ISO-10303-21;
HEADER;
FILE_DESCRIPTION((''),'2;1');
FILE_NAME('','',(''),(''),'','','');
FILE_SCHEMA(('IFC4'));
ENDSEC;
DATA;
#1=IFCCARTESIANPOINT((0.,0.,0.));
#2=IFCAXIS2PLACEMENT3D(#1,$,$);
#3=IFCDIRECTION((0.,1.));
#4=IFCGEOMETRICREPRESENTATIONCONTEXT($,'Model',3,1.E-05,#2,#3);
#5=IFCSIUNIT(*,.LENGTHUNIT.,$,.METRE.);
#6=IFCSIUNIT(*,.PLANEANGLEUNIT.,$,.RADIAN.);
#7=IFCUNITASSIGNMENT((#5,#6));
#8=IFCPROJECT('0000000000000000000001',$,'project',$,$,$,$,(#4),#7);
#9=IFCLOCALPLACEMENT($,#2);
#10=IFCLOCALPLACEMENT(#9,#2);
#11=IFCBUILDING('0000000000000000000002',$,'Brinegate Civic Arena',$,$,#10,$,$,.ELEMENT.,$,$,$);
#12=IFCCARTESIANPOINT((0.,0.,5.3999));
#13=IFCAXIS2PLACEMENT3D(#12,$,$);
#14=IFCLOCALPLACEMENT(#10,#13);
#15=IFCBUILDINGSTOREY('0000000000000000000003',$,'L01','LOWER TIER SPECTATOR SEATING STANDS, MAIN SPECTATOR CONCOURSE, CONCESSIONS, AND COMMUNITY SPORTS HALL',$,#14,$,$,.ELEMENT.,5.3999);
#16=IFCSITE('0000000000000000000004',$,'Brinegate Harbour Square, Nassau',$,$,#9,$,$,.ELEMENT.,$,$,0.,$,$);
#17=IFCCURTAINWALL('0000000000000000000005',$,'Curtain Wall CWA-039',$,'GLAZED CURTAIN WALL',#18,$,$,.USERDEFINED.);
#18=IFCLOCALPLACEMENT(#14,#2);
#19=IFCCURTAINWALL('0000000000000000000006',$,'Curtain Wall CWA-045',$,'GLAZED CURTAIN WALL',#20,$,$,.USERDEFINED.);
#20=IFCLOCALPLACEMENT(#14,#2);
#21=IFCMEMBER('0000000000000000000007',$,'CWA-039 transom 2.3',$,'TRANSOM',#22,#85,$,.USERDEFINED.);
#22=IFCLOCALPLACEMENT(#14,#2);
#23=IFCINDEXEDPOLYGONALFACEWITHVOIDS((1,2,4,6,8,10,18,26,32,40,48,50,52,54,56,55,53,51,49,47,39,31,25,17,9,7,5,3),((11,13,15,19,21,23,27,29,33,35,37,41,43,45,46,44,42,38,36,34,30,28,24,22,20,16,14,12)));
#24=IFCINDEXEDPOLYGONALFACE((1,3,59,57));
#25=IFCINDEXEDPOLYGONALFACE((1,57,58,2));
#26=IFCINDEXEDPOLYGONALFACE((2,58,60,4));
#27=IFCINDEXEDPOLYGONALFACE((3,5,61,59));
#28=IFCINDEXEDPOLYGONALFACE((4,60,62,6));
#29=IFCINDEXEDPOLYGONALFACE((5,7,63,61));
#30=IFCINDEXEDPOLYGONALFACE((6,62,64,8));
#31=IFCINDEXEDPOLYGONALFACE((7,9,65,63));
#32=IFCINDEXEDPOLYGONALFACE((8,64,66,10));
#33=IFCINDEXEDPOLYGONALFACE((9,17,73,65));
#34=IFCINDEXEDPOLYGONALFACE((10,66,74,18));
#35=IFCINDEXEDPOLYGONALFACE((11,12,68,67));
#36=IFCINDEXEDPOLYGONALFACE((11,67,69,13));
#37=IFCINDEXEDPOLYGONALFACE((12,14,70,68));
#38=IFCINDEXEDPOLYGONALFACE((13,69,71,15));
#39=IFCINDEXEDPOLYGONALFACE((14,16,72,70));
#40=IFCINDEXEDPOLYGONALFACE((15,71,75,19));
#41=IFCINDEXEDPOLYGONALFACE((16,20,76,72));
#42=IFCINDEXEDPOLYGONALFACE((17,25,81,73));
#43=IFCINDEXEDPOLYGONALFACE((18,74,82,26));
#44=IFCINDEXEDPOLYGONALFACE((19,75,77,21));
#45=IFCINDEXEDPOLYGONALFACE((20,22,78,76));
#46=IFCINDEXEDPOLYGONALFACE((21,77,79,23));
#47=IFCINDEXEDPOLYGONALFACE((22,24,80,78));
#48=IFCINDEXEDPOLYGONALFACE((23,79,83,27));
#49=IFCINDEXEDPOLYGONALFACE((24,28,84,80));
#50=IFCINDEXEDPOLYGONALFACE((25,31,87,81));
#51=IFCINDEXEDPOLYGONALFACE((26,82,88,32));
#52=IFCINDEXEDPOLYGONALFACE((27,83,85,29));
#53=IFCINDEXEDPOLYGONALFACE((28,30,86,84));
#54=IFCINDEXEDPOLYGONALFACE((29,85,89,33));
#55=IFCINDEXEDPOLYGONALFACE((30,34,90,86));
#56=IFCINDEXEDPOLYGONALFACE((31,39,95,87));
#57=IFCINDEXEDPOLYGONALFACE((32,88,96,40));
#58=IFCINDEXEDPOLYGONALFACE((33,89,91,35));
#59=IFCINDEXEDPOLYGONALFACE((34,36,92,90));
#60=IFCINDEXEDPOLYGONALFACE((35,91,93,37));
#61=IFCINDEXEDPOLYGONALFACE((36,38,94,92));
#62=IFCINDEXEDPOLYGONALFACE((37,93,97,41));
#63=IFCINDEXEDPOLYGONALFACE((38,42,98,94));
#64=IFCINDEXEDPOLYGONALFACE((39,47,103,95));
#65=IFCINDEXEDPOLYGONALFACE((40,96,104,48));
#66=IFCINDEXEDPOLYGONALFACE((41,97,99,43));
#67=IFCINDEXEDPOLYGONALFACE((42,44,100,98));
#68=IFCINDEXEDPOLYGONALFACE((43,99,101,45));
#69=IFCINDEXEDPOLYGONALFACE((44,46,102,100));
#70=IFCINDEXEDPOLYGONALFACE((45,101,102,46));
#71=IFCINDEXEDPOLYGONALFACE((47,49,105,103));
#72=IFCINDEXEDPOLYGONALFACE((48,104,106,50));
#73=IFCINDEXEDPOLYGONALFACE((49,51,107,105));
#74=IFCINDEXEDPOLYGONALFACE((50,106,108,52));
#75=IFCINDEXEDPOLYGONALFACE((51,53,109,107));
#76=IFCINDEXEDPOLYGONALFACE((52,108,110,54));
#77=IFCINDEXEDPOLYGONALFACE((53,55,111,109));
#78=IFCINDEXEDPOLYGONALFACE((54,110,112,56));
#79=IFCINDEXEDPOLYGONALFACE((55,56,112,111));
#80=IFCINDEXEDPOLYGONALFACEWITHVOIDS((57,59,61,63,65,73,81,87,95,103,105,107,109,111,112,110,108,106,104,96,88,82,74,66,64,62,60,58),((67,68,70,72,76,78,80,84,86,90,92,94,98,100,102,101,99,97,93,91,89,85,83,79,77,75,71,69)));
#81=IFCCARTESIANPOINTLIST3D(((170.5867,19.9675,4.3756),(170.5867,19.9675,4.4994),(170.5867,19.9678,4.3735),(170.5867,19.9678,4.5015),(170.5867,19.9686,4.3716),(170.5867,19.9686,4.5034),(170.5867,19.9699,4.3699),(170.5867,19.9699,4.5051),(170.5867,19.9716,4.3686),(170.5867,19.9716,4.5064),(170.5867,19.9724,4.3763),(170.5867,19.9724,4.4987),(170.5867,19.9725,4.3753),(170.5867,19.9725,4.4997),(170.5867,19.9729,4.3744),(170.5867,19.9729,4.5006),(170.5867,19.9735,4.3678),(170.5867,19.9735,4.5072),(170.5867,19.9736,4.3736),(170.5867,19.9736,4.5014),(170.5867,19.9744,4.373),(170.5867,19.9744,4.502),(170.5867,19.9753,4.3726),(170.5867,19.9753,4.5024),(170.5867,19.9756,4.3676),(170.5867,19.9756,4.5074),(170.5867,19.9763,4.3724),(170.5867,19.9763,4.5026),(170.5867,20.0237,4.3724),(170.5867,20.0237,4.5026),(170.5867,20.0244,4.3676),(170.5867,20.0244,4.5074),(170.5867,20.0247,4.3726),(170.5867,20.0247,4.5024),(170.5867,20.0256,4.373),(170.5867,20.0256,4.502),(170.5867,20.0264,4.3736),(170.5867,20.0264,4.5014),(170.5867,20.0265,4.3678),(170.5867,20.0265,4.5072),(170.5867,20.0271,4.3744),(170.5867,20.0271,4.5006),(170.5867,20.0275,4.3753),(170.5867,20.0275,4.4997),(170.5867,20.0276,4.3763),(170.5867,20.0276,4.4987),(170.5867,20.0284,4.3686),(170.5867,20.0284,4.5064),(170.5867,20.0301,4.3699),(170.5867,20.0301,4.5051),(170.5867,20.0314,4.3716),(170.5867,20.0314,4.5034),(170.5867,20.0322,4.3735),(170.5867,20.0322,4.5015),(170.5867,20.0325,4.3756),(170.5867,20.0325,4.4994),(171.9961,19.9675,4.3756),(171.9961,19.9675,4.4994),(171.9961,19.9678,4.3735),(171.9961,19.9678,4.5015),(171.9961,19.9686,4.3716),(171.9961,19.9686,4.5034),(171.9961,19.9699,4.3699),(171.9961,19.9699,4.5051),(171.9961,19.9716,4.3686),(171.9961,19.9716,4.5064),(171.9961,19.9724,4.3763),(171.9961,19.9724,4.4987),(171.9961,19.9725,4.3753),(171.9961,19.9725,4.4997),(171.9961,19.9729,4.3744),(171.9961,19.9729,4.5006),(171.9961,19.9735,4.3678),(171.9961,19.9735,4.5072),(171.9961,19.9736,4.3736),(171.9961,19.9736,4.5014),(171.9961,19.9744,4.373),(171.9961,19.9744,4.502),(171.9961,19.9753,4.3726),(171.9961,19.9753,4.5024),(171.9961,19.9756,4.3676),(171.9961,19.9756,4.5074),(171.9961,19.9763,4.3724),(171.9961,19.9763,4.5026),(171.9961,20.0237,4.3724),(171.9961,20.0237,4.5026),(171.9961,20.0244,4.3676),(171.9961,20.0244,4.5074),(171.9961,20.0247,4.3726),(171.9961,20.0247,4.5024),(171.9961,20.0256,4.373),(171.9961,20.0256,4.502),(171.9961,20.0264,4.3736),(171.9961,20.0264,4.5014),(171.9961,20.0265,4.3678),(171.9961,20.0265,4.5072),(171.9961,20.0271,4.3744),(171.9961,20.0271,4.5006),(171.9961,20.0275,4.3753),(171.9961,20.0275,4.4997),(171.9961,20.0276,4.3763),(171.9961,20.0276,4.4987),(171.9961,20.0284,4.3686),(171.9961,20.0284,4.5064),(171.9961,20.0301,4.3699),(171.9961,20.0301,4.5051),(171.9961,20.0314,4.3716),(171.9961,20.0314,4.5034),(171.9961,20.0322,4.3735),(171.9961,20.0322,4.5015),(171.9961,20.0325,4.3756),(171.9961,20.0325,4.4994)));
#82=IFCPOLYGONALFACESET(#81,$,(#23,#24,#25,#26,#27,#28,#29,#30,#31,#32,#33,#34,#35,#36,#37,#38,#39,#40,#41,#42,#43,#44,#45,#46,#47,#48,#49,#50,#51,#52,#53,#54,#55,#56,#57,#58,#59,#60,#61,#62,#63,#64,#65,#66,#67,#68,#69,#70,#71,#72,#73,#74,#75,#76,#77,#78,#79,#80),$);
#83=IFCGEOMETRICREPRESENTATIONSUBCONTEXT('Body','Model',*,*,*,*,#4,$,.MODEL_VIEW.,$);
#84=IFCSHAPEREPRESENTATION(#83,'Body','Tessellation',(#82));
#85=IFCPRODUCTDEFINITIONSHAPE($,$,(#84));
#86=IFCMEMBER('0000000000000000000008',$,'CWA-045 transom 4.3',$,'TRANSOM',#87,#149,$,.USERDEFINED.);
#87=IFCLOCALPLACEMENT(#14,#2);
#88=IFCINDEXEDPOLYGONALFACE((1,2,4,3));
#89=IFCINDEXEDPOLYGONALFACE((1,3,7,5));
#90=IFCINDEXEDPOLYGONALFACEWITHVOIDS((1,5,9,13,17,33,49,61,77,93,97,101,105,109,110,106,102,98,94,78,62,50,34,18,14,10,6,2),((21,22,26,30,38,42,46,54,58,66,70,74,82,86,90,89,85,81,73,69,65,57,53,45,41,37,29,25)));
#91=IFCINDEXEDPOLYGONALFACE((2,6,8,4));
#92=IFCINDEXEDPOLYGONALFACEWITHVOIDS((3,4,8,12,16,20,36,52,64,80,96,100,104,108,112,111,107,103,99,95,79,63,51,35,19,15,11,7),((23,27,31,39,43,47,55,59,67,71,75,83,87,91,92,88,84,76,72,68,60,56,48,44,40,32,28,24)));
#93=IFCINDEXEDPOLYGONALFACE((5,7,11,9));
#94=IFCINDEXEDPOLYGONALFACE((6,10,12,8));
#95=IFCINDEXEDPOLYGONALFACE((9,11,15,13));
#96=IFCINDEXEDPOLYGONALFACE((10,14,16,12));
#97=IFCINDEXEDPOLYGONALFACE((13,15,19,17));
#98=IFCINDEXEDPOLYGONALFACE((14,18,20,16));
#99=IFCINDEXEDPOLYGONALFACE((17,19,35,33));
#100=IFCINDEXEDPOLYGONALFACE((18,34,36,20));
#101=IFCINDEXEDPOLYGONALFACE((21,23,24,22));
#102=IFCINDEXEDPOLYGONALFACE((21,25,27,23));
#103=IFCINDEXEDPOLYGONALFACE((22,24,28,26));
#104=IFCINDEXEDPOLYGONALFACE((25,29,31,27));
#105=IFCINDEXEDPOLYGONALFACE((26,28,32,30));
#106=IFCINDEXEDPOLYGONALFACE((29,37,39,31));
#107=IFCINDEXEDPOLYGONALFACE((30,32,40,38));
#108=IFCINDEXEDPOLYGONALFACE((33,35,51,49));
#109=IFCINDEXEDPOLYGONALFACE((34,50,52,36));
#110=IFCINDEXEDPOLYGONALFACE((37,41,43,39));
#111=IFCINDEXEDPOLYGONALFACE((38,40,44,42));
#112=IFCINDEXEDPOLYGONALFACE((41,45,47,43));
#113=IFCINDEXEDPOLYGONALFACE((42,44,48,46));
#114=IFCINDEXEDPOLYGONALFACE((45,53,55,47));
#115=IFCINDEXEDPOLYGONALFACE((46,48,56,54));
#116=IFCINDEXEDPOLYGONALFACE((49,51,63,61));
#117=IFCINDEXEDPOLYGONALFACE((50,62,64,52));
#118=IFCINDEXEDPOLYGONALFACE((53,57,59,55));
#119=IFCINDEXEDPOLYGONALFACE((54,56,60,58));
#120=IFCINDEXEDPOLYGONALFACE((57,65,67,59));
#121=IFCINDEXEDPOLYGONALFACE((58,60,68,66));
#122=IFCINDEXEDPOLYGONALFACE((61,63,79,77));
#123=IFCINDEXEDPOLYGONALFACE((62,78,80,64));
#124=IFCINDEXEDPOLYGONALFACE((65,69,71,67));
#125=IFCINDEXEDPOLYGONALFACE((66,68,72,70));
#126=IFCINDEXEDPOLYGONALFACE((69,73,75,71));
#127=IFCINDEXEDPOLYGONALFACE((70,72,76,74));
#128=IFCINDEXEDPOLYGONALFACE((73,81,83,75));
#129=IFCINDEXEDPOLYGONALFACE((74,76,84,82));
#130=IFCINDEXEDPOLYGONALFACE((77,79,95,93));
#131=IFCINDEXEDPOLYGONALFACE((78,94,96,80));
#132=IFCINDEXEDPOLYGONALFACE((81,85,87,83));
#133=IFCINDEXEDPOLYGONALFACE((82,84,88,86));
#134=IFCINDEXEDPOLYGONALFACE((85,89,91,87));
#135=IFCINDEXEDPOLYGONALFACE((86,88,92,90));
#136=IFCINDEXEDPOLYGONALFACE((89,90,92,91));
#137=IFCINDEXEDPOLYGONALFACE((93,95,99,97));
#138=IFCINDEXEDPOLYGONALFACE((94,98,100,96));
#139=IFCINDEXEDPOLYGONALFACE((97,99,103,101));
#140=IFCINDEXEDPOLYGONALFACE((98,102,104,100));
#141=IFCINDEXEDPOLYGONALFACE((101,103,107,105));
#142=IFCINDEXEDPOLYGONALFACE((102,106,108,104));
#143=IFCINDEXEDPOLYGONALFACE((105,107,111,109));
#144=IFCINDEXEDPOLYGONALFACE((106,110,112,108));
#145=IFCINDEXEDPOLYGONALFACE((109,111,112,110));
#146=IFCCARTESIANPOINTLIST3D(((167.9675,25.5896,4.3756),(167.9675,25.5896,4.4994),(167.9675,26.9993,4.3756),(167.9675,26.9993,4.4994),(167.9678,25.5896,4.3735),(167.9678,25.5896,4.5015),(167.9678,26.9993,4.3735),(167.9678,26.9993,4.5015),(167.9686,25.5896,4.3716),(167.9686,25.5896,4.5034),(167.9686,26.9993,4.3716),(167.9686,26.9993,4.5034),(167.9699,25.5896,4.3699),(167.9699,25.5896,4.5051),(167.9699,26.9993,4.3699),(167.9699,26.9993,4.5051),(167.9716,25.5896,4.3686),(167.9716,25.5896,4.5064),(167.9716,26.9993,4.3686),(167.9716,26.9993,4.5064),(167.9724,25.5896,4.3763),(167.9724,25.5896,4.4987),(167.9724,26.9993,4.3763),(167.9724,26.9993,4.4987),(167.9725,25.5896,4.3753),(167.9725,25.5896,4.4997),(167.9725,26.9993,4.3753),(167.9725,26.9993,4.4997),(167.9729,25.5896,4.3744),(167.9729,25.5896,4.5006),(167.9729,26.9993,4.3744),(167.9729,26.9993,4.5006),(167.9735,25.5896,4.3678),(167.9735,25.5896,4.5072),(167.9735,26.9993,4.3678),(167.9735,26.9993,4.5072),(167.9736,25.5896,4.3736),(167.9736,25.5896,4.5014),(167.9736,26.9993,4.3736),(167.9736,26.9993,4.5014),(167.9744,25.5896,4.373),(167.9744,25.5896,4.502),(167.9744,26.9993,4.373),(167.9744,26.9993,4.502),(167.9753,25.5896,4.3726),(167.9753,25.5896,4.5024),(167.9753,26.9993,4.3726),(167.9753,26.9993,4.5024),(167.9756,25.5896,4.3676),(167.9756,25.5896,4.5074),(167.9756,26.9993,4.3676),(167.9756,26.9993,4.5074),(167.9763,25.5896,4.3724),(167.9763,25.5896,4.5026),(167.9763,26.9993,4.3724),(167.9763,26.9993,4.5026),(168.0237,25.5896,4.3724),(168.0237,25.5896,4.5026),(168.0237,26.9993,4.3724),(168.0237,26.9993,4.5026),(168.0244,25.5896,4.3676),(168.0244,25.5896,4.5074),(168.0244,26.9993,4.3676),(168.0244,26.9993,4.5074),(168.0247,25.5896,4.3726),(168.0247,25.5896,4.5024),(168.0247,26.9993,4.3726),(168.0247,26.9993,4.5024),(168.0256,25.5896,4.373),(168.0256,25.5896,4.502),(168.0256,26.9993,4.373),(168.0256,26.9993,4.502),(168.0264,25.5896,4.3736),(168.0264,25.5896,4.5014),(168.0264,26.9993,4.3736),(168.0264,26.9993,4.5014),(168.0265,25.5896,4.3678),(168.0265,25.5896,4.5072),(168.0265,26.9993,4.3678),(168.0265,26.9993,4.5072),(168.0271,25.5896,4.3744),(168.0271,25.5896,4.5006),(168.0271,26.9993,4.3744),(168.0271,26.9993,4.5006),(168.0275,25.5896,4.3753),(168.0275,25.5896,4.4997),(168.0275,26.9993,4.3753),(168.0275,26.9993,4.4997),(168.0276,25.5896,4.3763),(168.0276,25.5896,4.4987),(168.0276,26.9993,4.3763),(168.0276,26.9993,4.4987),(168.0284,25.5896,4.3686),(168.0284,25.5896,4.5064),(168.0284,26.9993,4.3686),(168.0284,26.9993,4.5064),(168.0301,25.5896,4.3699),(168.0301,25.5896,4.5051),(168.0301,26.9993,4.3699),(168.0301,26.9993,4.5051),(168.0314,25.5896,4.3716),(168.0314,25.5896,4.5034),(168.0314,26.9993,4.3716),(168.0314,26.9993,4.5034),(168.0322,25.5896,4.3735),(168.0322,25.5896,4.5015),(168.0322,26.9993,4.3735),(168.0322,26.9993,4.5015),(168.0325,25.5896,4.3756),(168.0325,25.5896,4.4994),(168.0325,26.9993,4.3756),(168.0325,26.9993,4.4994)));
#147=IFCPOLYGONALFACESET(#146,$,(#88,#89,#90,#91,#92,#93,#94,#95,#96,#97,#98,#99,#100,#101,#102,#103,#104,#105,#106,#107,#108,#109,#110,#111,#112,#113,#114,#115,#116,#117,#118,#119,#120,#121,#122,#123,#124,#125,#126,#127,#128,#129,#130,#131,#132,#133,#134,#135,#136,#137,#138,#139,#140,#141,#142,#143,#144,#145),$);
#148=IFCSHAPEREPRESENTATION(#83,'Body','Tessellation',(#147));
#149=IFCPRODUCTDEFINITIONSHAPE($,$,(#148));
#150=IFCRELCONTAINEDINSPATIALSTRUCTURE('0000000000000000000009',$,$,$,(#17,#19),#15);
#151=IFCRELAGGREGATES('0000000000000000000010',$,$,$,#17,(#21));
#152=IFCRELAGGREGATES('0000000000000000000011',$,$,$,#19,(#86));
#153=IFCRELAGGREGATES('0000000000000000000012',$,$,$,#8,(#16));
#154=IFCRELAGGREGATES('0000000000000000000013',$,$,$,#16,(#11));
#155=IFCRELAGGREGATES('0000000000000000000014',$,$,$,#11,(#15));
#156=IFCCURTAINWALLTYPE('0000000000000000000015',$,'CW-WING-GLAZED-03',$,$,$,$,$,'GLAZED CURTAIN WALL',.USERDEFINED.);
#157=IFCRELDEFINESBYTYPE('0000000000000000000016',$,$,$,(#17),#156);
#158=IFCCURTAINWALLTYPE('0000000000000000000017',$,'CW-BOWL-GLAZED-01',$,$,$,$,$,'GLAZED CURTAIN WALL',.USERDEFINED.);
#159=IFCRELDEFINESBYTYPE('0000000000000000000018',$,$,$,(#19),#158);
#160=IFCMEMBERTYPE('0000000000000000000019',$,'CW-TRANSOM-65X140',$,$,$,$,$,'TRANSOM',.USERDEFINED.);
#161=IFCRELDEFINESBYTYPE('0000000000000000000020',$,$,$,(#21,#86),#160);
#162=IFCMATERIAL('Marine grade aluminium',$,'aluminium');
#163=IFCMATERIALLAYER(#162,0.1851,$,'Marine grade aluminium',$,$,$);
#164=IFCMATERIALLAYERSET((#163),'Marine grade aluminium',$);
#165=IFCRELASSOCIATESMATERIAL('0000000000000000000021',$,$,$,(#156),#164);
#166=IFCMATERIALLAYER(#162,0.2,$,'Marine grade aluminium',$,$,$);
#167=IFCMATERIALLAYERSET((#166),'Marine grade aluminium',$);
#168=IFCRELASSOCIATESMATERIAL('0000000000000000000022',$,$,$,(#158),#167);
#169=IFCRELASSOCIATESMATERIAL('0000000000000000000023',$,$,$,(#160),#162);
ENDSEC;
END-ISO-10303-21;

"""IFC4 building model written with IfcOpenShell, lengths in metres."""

from ifc_helpers import new_model, si_unit, direction, frame, origin, origin_2d, place, context, subcontext, project, spatial, hollow_rectangle, extrude, material, layer, layer_set, material_profile, profile_set, type_object, element, aggregate, save


model = new_model("IFC4")

# Units and contexts
model_context = context("Model", 3, precision=1e-05, world=origin(), true_north=direction((0.0, 1.0)))
body_context = subcontext(model_context, "Body", "Model", "MODEL_VIEW")
ifc_project = project(units=[si_unit("LENGTHUNIT", "METRE"), si_unit("PLANEANGLEUNIT", "RADIAN")], contexts=[model_context])

# Site, building, storey
site_placement = place(None, origin())
site = spatial("IfcSite", under=ifc_project, at=site_placement, Name="Brinegate Harbour Square, Nassau", CompositionType="ELEMENT", RefElevation=0.0)
building_placement = place(site_placement, origin())
building = spatial("IfcBuilding", under=site, at=building_placement, Name="Brinegate Civic Arena", CompositionType="ELEMENT")
storey_placement = place(building_placement, frame((0.0, 0.0, 5.3999)))
storey = spatial("IfcBuildingStorey", under=building, at=storey_placement, Name="L01", Description="LOWER TIER SPECTATOR SEATING STANDS, MAIN SPECTATOR CONCOURSE, CONCESSIONS, AND COMMUNITY SPORTS HALL", CompositionType="ELEMENT", Elevation=5.3999)

# Curtain wall
ifc_material_1 = material(Name="Marine grade aluminium", Category="aluminium")
ifc_layer_1 = layer(ifc_material_1, 0.1851, Name="Marine grade aluminium")
ifc_layer_set_1 = layer_set([ifc_layer_1], Name="Marine grade aluminium")
curtain_wall_type_1 = type_object("IfcCurtainWallType", Name="CW-WING-GLAZED-03", ElementType="GLAZED CURTAIN WALL", PredefinedType="USERDEFINED", material=ifc_layer_set_1)
curtain_wall_1_placement = place(storey_placement, origin())
curtain_wall_1 = element("IfcCurtainWall", 1, at=curtain_wall_1_placement, inside=storey, type_object=curtain_wall_type_1, Name="Curtain Wall CWA-039", ObjectType="GLAZED CURTAIN WALL", PredefinedType="USERDEFINED")

# Curtain wall
ifc_layer_2 = layer(ifc_material_1, 0.2, Name="Marine grade aluminium")
ifc_layer_set_2 = layer_set([ifc_layer_2], Name="Marine grade aluminium")
curtain_wall_type_2 = type_object("IfcCurtainWallType", Name="CW-BOWL-GLAZED-01", ElementType="GLAZED CURTAIN WALL", PredefinedType="USERDEFINED", material=ifc_layer_set_2)
curtain_wall_2_placement = place(storey_placement, origin())
curtain_wall_2 = element("IfcCurtainWall", 2, at=curtain_wall_2_placement, inside=storey, type_object=curtain_wall_type_2, Name="Curtain Wall CWA-045", ObjectType="GLAZED CURTAIN WALL", PredefinedType="USERDEFINED")

# Members
ifc_material_profile_1 = material_profile(ifc_material_1, hollow_rectangle(XDim=0.0649, YDim=0.1399, WallThickness=0.0049, InnerFilletRadius=0.0039, OuterFilletRadius=0.0081, at=origin_2d()), Name="TRN65X140")
ifc_profile_set_1 = profile_set([ifc_material_profile_1], Name="Marine grade aluminium")
member_type_1 = type_object("IfcMemberType", Name="CW-TRANSOM-65X140", ElementType="TRANSOM", PredefinedType="USERDEFINED", material=ifc_profile_set_1)
member_1_placement = place(storey_placement, frame((170.5867, 20.0, 4.4375), z_axis=(1.0, 0.0, 0.0), x_axis=(0.0, 1.0, 0.0)))
member_1 = element("IfcMember", 3, at=member_1_placement, type_object=member_type_1, Name="CWA-039 transom 2.3", ObjectType="TRANSOM", PredefinedType="USERDEFINED", context=body_context, shape_type="SweptSolid", body=[
    extrude(hollow_rectangle(XDim=0.0649, YDim=0.1399, WallThickness=0.0049, InnerFilletRadius=0.0039, OuterFilletRadius=0.0081, at=origin_2d()), origin(), (0.0, 0.0, 1.0), 1.4094),
])
member_2_placement = place(storey_placement, frame((168.0, 25.5896, 4.4375), z_axis=(0.0, 1.0, 0.0), x_axis=(-1.0, 0.0, 0.0)))
member_2 = element("IfcMember", 4, at=member_2_placement, type_object=member_type_1, Name="CWA-045 transom 4.3", ObjectType="TRANSOM", PredefinedType="USERDEFINED", context=body_context, shape_type="SweptSolid", body=[
    extrude(hollow_rectangle(XDim=0.0649, YDim=0.1399, WallThickness=0.0049, InnerFilletRadius=0.0039, OuterFilletRadius=0.0081, at=origin_2d()), origin(), (0.0, 0.0, 1.0), 1.4097),
])

aggregate(curtain_wall_1, [member_1])
aggregate(curtain_wall_2, [member_2])

save(model, "model.ifc")
